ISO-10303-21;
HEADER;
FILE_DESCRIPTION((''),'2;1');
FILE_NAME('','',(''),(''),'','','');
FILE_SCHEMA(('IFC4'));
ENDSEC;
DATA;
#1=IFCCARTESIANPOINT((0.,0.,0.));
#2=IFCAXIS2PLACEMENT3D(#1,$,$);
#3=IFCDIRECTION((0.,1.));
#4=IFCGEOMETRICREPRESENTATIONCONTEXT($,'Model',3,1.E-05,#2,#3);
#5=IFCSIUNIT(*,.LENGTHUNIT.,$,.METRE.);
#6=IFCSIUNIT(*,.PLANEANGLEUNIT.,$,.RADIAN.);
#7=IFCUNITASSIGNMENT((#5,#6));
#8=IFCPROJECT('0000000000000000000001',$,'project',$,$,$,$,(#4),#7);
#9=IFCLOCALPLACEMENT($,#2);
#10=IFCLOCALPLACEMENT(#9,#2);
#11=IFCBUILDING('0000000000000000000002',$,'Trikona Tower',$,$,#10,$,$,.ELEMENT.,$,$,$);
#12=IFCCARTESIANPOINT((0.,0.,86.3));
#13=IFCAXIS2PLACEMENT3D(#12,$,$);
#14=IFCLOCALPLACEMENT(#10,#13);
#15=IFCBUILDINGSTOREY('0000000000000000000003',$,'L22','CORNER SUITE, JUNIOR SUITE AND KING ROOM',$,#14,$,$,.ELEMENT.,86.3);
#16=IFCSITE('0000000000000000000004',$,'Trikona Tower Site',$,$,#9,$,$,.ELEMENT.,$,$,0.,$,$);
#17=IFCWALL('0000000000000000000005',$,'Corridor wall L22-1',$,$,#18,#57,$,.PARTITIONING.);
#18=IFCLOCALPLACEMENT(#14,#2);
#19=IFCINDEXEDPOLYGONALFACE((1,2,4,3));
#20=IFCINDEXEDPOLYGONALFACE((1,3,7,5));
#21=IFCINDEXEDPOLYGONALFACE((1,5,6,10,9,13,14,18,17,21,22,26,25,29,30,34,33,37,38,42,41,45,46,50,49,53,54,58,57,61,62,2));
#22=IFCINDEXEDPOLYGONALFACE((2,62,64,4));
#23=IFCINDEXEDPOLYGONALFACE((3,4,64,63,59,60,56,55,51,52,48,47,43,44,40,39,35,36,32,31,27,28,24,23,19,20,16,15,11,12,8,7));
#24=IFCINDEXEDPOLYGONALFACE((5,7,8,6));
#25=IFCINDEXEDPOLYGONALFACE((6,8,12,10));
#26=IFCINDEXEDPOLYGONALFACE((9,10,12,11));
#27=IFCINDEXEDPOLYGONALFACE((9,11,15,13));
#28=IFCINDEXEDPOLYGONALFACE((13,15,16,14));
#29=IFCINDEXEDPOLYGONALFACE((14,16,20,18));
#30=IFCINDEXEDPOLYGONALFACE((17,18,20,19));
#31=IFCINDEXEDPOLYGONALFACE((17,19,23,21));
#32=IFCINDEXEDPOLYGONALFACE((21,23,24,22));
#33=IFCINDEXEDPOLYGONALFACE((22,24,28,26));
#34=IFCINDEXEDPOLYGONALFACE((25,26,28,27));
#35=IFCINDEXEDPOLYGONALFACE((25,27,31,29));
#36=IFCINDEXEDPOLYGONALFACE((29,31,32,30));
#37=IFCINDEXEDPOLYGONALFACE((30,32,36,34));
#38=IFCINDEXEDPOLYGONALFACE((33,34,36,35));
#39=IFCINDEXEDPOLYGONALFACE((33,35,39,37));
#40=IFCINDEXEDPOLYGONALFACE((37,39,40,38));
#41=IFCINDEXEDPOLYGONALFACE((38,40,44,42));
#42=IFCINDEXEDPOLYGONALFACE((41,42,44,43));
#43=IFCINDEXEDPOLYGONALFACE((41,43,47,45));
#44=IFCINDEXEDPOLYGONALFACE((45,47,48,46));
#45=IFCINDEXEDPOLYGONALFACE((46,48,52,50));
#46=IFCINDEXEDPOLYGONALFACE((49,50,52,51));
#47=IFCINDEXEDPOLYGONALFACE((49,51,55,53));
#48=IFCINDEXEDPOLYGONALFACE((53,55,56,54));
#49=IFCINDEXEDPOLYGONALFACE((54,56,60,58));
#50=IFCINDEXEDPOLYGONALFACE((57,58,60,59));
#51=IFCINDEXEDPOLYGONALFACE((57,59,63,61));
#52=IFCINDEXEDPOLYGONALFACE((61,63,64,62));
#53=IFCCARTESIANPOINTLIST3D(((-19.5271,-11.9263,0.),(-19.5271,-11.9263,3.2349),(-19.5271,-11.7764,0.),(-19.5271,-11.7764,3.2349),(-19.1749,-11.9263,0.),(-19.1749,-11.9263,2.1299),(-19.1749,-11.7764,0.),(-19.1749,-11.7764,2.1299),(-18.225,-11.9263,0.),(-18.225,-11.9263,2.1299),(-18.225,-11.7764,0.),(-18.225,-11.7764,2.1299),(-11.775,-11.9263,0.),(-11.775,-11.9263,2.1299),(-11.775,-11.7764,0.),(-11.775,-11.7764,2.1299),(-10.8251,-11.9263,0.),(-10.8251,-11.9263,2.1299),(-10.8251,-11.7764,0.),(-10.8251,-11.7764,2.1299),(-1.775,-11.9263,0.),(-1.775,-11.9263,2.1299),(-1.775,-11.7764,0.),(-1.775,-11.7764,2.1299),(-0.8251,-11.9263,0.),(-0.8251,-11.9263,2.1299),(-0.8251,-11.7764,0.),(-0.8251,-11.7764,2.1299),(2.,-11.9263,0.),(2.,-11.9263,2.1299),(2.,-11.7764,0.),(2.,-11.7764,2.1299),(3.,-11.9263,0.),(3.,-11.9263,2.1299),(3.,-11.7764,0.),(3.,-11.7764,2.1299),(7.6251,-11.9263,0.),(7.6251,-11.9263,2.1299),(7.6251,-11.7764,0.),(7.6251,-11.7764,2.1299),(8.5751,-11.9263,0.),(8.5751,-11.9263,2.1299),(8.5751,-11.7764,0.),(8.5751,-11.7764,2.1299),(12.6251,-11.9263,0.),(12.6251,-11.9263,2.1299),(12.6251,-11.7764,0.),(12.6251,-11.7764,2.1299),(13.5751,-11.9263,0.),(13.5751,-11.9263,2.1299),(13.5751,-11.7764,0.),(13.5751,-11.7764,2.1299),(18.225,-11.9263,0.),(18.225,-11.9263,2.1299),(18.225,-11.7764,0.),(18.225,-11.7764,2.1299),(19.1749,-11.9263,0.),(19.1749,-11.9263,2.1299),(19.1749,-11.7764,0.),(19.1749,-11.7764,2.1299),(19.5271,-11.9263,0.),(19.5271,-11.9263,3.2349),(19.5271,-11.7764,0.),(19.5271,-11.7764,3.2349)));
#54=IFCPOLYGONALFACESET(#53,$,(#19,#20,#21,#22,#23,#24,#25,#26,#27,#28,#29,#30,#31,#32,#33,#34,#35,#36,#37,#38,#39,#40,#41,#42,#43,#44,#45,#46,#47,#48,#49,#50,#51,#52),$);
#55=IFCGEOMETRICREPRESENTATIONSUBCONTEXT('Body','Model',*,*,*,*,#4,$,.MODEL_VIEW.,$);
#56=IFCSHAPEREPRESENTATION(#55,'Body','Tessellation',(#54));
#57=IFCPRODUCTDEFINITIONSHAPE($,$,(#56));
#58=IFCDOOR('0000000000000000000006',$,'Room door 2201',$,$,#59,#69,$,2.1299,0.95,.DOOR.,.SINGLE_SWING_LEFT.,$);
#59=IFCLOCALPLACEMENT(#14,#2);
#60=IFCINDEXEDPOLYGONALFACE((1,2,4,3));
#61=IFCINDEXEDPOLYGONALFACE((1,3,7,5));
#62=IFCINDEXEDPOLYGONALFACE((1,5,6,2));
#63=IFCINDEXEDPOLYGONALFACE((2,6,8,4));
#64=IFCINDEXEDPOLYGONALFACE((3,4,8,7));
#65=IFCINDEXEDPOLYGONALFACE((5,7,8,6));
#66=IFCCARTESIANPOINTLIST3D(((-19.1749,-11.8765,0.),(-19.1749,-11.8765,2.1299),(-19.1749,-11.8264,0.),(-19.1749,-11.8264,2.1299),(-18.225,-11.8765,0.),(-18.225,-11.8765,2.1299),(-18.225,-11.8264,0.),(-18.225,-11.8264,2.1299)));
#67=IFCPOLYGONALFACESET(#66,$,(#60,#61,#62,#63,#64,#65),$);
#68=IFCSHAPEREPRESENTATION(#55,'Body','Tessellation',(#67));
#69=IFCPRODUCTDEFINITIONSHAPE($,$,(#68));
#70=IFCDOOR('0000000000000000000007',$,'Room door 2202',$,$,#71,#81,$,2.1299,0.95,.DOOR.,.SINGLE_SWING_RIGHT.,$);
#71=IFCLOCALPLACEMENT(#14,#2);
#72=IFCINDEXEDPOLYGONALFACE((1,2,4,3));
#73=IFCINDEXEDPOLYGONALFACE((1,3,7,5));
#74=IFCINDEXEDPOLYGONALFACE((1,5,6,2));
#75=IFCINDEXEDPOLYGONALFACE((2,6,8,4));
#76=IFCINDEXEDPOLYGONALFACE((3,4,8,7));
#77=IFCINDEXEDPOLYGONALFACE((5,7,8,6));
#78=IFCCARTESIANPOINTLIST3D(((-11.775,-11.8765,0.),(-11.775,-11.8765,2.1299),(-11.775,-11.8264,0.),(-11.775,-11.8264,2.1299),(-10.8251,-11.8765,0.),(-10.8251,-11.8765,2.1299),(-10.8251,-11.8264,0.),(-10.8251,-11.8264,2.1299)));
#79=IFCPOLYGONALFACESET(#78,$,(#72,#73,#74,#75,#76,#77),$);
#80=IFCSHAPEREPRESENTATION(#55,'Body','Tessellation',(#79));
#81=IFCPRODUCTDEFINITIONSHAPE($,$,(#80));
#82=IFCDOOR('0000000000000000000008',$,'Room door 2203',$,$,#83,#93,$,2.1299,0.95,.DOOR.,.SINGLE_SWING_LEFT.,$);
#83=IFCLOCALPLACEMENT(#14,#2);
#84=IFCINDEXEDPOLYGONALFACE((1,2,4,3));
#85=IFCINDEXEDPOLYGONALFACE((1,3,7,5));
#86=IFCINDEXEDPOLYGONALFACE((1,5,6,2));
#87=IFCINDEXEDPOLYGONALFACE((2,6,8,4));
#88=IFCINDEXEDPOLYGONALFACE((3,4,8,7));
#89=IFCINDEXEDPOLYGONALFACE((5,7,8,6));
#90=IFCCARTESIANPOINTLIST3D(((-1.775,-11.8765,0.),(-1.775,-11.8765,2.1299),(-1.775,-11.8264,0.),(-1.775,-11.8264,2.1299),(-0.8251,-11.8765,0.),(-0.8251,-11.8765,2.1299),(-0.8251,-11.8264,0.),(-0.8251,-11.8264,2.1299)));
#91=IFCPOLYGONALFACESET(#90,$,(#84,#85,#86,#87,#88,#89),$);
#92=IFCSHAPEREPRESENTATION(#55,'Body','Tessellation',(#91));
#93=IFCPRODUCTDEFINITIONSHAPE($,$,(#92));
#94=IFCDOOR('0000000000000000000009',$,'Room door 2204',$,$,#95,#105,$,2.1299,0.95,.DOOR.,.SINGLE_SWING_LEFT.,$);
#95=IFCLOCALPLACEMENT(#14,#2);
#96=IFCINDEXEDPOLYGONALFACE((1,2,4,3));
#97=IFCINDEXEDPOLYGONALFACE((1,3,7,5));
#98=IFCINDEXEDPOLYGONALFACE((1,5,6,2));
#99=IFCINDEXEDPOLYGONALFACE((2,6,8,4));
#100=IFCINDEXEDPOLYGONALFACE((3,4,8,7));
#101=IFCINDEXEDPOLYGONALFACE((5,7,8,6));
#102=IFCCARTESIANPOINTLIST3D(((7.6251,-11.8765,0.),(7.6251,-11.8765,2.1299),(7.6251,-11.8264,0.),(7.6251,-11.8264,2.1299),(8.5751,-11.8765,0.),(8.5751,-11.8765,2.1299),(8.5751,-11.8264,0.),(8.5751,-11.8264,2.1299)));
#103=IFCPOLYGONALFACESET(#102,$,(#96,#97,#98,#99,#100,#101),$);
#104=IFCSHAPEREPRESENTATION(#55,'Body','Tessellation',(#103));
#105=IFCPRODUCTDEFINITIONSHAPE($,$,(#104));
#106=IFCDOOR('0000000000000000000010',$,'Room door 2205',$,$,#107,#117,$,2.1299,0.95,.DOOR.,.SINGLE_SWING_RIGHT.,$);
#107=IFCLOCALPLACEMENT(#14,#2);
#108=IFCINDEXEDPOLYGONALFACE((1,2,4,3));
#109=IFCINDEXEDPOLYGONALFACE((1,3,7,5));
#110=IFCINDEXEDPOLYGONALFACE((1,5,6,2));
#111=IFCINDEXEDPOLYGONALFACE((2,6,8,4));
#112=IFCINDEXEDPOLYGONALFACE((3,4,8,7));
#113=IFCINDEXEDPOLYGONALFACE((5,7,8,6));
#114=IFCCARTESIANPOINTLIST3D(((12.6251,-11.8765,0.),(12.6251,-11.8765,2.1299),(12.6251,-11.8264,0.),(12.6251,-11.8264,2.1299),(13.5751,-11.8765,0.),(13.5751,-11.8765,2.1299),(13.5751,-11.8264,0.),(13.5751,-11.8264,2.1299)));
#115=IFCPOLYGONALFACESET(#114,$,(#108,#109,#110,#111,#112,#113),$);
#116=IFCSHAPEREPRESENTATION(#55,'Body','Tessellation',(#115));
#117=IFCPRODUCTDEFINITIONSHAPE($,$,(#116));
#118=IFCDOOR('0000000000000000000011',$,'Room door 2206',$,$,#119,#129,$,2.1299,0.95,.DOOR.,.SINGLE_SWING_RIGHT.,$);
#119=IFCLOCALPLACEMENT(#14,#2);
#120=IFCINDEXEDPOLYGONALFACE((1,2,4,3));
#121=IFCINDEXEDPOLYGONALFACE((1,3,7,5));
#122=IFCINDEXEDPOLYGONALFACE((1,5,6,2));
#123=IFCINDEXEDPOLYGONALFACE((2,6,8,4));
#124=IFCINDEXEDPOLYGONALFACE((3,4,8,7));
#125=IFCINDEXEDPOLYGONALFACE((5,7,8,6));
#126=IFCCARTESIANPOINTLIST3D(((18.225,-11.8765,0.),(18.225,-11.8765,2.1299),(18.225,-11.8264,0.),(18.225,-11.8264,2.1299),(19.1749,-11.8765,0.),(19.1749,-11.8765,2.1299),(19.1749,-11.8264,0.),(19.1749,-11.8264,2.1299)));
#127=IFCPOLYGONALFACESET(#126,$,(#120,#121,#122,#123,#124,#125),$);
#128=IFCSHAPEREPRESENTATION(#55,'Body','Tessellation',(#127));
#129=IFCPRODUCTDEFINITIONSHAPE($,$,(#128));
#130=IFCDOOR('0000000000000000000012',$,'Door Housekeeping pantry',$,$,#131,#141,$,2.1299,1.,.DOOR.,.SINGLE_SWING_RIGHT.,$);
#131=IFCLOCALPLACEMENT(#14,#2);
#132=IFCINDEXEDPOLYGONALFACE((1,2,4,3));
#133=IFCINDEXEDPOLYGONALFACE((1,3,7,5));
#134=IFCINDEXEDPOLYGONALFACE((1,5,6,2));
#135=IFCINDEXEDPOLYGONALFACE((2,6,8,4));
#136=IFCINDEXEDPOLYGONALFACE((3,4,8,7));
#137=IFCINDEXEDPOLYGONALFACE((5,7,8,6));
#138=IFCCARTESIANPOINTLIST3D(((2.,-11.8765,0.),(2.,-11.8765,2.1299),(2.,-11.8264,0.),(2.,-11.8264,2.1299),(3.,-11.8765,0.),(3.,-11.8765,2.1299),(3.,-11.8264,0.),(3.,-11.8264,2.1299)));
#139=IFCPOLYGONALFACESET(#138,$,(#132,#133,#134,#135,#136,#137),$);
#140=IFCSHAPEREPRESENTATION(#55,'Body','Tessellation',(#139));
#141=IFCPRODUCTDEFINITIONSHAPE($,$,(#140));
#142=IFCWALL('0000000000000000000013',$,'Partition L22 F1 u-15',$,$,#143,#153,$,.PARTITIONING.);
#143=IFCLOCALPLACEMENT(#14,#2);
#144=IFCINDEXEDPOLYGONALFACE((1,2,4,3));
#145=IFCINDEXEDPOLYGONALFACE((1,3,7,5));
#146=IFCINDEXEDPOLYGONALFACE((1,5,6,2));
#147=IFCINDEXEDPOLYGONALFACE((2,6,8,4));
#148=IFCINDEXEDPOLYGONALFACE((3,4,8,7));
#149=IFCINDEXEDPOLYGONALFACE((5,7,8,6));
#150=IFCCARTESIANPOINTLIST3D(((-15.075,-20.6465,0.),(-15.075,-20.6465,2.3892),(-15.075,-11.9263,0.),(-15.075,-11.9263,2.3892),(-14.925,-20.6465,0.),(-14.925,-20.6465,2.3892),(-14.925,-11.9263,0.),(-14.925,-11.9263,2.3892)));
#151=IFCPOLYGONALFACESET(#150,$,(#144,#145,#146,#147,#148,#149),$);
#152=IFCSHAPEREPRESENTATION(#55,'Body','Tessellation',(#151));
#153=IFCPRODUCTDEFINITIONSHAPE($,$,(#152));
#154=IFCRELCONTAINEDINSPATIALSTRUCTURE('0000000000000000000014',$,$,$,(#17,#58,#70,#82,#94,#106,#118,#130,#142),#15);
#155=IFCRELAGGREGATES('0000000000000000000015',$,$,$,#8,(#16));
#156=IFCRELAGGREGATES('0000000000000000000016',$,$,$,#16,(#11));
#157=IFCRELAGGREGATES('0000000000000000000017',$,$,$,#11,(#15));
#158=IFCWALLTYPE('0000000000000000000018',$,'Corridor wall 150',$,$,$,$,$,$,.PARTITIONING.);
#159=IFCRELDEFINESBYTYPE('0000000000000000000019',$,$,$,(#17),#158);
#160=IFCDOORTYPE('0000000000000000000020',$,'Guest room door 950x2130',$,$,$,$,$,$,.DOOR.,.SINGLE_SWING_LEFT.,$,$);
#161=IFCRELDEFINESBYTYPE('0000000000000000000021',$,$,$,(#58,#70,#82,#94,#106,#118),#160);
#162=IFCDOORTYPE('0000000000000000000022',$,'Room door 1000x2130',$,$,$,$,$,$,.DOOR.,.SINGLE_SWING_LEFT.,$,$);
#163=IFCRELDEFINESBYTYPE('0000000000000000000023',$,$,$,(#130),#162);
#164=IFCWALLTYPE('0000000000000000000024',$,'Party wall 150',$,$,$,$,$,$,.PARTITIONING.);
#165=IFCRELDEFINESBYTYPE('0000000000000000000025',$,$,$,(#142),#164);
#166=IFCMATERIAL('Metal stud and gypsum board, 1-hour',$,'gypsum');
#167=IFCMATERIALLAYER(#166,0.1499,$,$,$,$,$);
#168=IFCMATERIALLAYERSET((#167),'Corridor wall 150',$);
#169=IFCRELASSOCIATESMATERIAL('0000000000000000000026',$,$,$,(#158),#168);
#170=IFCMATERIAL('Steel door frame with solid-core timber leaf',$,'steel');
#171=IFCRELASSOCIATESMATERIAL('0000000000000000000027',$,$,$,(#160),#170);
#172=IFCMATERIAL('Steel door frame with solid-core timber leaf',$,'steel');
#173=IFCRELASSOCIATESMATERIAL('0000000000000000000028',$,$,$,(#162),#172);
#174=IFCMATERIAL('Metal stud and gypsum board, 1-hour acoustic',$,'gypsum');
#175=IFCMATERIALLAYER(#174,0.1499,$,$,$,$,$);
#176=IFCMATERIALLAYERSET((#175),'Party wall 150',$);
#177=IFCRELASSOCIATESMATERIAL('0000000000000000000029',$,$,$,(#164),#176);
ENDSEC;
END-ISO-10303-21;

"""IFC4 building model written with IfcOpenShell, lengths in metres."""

from ifc_helpers import new_model, si_unit, direction, frame, frame_2d, origin, place, context, subcontext, project, spatial, rectangle, extrude, material, layer, layer_set, type_object, element, fill, save


model = new_model("IFC4")

# Units and contexts
model_context = context("Model", 3, precision=1e-05, world=origin(), true_north=direction((0.0, 1.0)))
body_context = subcontext(model_context, "Body", "Model", "MODEL_VIEW")
ifc_project = project(units=[si_unit("LENGTHUNIT", "METRE"), si_unit("PLANEANGLEUNIT", "RADIAN")], contexts=[model_context])

# Site, building, storey
site_placement = place(None, origin())
site = spatial("IfcSite", under=ifc_project, at=site_placement, Name="Trikona Tower Site", CompositionType="ELEMENT", RefElevation=0.0)
building_placement = place(site_placement, origin())
building = spatial("IfcBuilding", under=site, at=building_placement, Name="Trikona Tower", CompositionType="ELEMENT")
storey_placement = place(building_placement, frame((0.0, 0.0, 86.3)))
storey = spatial("IfcBuildingStorey", under=building, at=storey_placement, Name="L22", Description="CORNER SUITE, JUNIOR SUITE AND KING ROOM", CompositionType="ELEMENT", Elevation=86.3)

# Wall, openings, doors
ifc_material_1 = material(Name="Metal stud and gypsum board, 1-hour", Category="gypsum")
ifc_layer_1 = layer(ifc_material_1, 0.1499)
ifc_layer_set_1 = layer_set([ifc_layer_1], Name="Corridor wall 150")
wall_type_1 = type_object("IfcWallType", Name="Corridor wall 150", PredefinedType="PARTITIONING", material=ifc_layer_set_1)
wall_1_placement = place(storey_placement, frame((-19.5271, -11.8513, 0.0), z_axis=(0.0, 0.0, 1.0), x_axis=(1.0, 0.0, 0.0)))
wall_1 = element("IfcWall", 1, at=wall_1_placement, inside=storey, type_object=wall_type_1, Name="Corridor wall L22-1", PredefinedType="PARTITIONING", context=body_context, shape_type="SweptSolid", body=[
    extrude(rectangle(XDim=39.0542, YDim=0.1499, at=frame_2d((19.5271, 0.0))), origin(), (0.0, 0.0, 1.0), 3.2349),
])
opening_1_placement = place(wall_1_placement, frame((0.3521, 0.0, 0.0)))
opening_1 = element("IfcOpeningElement", 2, at=opening_1_placement, cuts=wall_1, PredefinedType="OPENING", context=body_context, shape_type="SweptSolid", body=[
    extrude(rectangle(XDim=0.95, YDim=2.1299, at=frame_2d((0.4751, 1.0649))), frame((0.0, 0.085, 0.0), z_axis=(0.0, -1.0, 0.0), x_axis=(1.0, 0.0, 0.0)), (0.0, 0.0, 1.0), 0.1699),
])
opening_2_placement = place(wall_1_placement, frame((7.752, 0.0, 0.0)))
opening_2 = element("IfcOpeningElement", 3, at=opening_2_placement, cuts=wall_1, PredefinedType="OPENING", context=body_context, shape_type="SweptSolid", body=[
    extrude(rectangle(XDim=0.95, YDim=2.1299, at=frame_2d((0.4751, 1.0649))), frame((0.0, 0.085, 0.0), z_axis=(0.0, -1.0, 0.0), x_axis=(1.0, 0.0, 0.0)), (0.0, 0.0, 1.0), 0.1699),
])
opening_3_placement = place(wall_1_placement, frame((17.752, 0.0, 0.0)))
opening_3 = element("IfcOpeningElement", 4, at=opening_3_placement, cuts=wall_1, PredefinedType="OPENING", context=body_context, shape_type="SweptSolid", body=[
    extrude(rectangle(XDim=0.95, YDim=2.1299, at=frame_2d((0.4751, 1.0649))), frame((0.0, 0.085, 0.0), z_axis=(0.0, -1.0, 0.0), x_axis=(1.0, 0.0, 0.0)), (0.0, 0.0, 1.0), 0.1699),
])
opening_4_placement = place(wall_1_placement, frame((21.5271, 0.0, 0.0)))
opening_4 = element("IfcOpeningElement", 5, at=opening_4_placement, cuts=wall_1, PredefinedType="OPENING", context=body_context, shape_type="SweptSolid", body=[
    extrude(rectangle(XDim=1.0, YDim=2.1299, at=frame_2d((0.5, 1.0649))), frame((0.0, 0.085, 0.0), z_axis=(0.0, -1.0, 0.0), x_axis=(1.0, 0.0, 0.0)), (0.0, 0.0, 1.0), 0.1699),
])
opening_5_placement = place(wall_1_placement, frame((27.1521, 0.0, 0.0)))
opening_5 = element("IfcOpeningElement", 6, at=opening_5_placement, cuts=wall_1, PredefinedType="OPENING", context=body_context, shape_type="SweptSolid", body=[
    extrude(rectangle(XDim=0.95, YDim=2.1299, at=frame_2d((0.4751, 1.0649))), frame((0.0, 0.085, 0.0), z_axis=(0.0, -1.0, 0.0), x_axis=(1.0, 0.0, 0.0)), (0.0, 0.0, 1.0), 0.1699),
])
opening_6_placement = place(wall_1_placement, frame((32.1521, 0.0, 0.0)))
opening_6 = element("IfcOpeningElement", 7, at=opening_6_placement, cuts=wall_1, PredefinedType="OPENING", context=body_context, shape_type="SweptSolid", body=[
    extrude(rectangle(XDim=0.95, YDim=2.1299, at=frame_2d((0.4751, 1.0649))), frame((0.0, 0.085, 0.0), z_axis=(0.0, -1.0, 0.0), x_axis=(1.0, 0.0, 0.0)), (0.0, 0.0, 1.0), 0.1699),
])
opening_7_placement = place(wall_1_placement, frame((37.752, 0.0, 0.0)))
opening_7 = element("IfcOpeningElement", 8, at=opening_7_placement, cuts=wall_1, PredefinedType="OPENING", context=body_context, shape_type="SweptSolid", body=[
    extrude(rectangle(XDim=0.95, YDim=2.1299, at=frame_2d((0.4751, 1.0649))), frame((0.0, 0.085, 0.0), z_axis=(0.0, -1.0, 0.0), x_axis=(1.0, 0.0, 0.0)), (0.0, 0.0, 1.0), 0.1699),
])
ifc_material_2 = material(Name="Steel door frame with solid-core timber leaf", Category="steel")
door_type_1 = type_object("IfcDoorType", Name="Guest room door 950x2130", OperationType="SINGLE_SWING_LEFT", PredefinedType="DOOR", material=ifc_material_2)
door_1_placement = place(opening_1_placement, origin())
door_1 = element("IfcDoor", 9, at=door_1_placement, inside=storey, type_object=door_type_1, Name="Room door 2201", OperationType="SINGLE_SWING_LEFT", OverallHeight=2.1299, OverallWidth=0.95, PredefinedType="DOOR", context=body_context, shape_type="SweptSolid", body=[
    extrude(rectangle(XDim=0.95, YDim=2.1299, at=frame_2d((0.4751, 1.0649))), frame((0.0, 0.0249, 0.0), z_axis=(0.0, -1.0, 0.0), x_axis=(1.0, 0.0, 0.0)), (0.0, 0.0, 1.0), 0.05),
])
fill(opening_1, door_1)
door_2_placement = place(opening_2_placement, origin())
door_2 = element("IfcDoor", 10, at=door_2_placement, inside=storey, type_object=door_type_1, Name="Room door 2202", OperationType="SINGLE_SWING_RIGHT", OverallHeight=2.1299, OverallWidth=0.95, PredefinedType="DOOR", context=body_context, shape_type="SweptSolid", body=[
    extrude(rectangle(XDim=0.95, YDim=2.1299, at=frame_2d((0.4751, 1.0649))), frame((0.0, 0.0249, 0.0), z_axis=(0.0, -1.0, 0.0), x_axis=(1.0, 0.0, 0.0)), (0.0, 0.0, 1.0), 0.05),
])
fill(opening_2, door_2)
door_3_placement = place(opening_3_placement, origin())
door_3 = element("IfcDoor", 11, at=door_3_placement, inside=storey, type_object=door_type_1, Name="Room door 2203", OperationType="SINGLE_SWING_LEFT", OverallHeight=2.1299, OverallWidth=0.95, PredefinedType="DOOR", context=body_context, shape_type="SweptSolid", body=[
    extrude(rectangle(XDim=0.95, YDim=2.1299, at=frame_2d((0.4751, 1.0649))), frame((0.0, 0.0249, 0.0), z_axis=(0.0, -1.0, 0.0), x_axis=(1.0, 0.0, 0.0)), (0.0, 0.0, 1.0), 0.05),
])
fill(opening_3, door_3)
door_4_placement = place(opening_5_placement, origin())
door_4 = element("IfcDoor", 12, at=door_4_placement, inside=storey, type_object=door_type_1, Name="Room door 2204", OperationType="SINGLE_SWING_LEFT", OverallHeight=2.1299, OverallWidth=0.95, PredefinedType="DOOR", context=body_context, shape_type="SweptSolid", body=[
    extrude(rectangle(XDim=0.95, YDim=2.1299, at=frame_2d((0.4751, 1.0649))), frame((0.0, 0.0249, 0.0), z_axis=(0.0, -1.0, 0.0), x_axis=(1.0, 0.0, 0.0)), (0.0, 0.0, 1.0), 0.05),
])
fill(opening_5, door_4)
door_5_placement = place(opening_6_placement, origin())
door_5 = element("IfcDoor", 13, at=door_5_placement, inside=storey, type_object=door_type_1, Name="Room door 2205", OperationType="SINGLE_SWING_RIGHT", OverallHeight=2.1299, OverallWidth=0.95, PredefinedType="DOOR", context=body_context, shape_type="SweptSolid", body=[
    extrude(rectangle(XDim=0.95, YDim=2.1299, at=frame_2d((0.4751, 1.0649))), frame((0.0, 0.0249, 0.0), z_axis=(0.0, -1.0, 0.0), x_axis=(1.0, 0.0, 0.0)), (0.0, 0.0, 1.0), 0.05),
])
fill(opening_6, door_5)
door_6_placement = place(opening_7_placement, origin())
door_6 = element("IfcDoor", 14, at=door_6_placement, inside=storey, type_object=door_type_1, Name="Room door 2206", OperationType="SINGLE_SWING_RIGHT", OverallHeight=2.1299, OverallWidth=0.95, PredefinedType="DOOR", context=body_context, shape_type="SweptSolid", body=[
    extrude(rectangle(XDim=0.95, YDim=2.1299, at=frame_2d((0.4751, 1.0649))), frame((0.0, 0.0249, 0.0), z_axis=(0.0, -1.0, 0.0), x_axis=(1.0, 0.0, 0.0)), (0.0, 0.0, 1.0), 0.05),
])
fill(opening_7, door_6)
ifc_material_3 = material(Name="Steel door frame with solid-core timber leaf", Category="steel")
door_type_2 = type_object("IfcDoorType", Name="Room door 1000x2130", OperationType="SINGLE_SWING_LEFT", PredefinedType="DOOR", material=ifc_material_3)
door_7_placement = place(opening_4_placement, origin())
door_7 = element("IfcDoor", 15, at=door_7_placement, inside=storey, type_object=door_type_2, Name="Door Housekeeping pantry", OperationType="SINGLE_SWING_RIGHT", OverallHeight=2.1299, OverallWidth=1.0, PredefinedType="DOOR", context=body_context, shape_type="SweptSolid", body=[
    extrude(rectangle(XDim=1.0, YDim=2.1299, at=frame_2d((0.5, 1.0649))), frame((0.0, 0.0249, 0.0), z_axis=(0.0, -1.0, 0.0), x_axis=(1.0, 0.0, 0.0)), (0.0, 0.0, 1.0), 0.05),
])
fill(opening_4, door_7)

# Wall
ifc_material_4 = material(Name="Metal stud and gypsum board, 1-hour acoustic", Category="gypsum")
ifc_layer_2 = layer(ifc_material_4, 0.1499)
ifc_layer_set_2 = layer_set([ifc_layer_2], Name="Party wall 150")
wall_type_2 = type_object("IfcWallType", Name="Party wall 150", PredefinedType="PARTITIONING", material=ifc_layer_set_2)
wall_2_placement = place(storey_placement, frame((-15.0, -11.9263, 0.0), z_axis=(0.0, 0.0, 1.0), x_axis=(0.0, -1.0, 0.0)))
element("IfcWall", 16, at=wall_2_placement, inside=storey, type_object=wall_type_2, Name="Partition L22 F1 u-15", PredefinedType="PARTITIONING", context=body_context, shape_type="SweptSolid", body=[
    extrude(rectangle(XDim=8.7202, YDim=0.1499, at=frame_2d((4.3601, 0.0))), origin(), (0.0, 0.0, 1.0), 2.3892),
])

save(model, "model.ifc")
